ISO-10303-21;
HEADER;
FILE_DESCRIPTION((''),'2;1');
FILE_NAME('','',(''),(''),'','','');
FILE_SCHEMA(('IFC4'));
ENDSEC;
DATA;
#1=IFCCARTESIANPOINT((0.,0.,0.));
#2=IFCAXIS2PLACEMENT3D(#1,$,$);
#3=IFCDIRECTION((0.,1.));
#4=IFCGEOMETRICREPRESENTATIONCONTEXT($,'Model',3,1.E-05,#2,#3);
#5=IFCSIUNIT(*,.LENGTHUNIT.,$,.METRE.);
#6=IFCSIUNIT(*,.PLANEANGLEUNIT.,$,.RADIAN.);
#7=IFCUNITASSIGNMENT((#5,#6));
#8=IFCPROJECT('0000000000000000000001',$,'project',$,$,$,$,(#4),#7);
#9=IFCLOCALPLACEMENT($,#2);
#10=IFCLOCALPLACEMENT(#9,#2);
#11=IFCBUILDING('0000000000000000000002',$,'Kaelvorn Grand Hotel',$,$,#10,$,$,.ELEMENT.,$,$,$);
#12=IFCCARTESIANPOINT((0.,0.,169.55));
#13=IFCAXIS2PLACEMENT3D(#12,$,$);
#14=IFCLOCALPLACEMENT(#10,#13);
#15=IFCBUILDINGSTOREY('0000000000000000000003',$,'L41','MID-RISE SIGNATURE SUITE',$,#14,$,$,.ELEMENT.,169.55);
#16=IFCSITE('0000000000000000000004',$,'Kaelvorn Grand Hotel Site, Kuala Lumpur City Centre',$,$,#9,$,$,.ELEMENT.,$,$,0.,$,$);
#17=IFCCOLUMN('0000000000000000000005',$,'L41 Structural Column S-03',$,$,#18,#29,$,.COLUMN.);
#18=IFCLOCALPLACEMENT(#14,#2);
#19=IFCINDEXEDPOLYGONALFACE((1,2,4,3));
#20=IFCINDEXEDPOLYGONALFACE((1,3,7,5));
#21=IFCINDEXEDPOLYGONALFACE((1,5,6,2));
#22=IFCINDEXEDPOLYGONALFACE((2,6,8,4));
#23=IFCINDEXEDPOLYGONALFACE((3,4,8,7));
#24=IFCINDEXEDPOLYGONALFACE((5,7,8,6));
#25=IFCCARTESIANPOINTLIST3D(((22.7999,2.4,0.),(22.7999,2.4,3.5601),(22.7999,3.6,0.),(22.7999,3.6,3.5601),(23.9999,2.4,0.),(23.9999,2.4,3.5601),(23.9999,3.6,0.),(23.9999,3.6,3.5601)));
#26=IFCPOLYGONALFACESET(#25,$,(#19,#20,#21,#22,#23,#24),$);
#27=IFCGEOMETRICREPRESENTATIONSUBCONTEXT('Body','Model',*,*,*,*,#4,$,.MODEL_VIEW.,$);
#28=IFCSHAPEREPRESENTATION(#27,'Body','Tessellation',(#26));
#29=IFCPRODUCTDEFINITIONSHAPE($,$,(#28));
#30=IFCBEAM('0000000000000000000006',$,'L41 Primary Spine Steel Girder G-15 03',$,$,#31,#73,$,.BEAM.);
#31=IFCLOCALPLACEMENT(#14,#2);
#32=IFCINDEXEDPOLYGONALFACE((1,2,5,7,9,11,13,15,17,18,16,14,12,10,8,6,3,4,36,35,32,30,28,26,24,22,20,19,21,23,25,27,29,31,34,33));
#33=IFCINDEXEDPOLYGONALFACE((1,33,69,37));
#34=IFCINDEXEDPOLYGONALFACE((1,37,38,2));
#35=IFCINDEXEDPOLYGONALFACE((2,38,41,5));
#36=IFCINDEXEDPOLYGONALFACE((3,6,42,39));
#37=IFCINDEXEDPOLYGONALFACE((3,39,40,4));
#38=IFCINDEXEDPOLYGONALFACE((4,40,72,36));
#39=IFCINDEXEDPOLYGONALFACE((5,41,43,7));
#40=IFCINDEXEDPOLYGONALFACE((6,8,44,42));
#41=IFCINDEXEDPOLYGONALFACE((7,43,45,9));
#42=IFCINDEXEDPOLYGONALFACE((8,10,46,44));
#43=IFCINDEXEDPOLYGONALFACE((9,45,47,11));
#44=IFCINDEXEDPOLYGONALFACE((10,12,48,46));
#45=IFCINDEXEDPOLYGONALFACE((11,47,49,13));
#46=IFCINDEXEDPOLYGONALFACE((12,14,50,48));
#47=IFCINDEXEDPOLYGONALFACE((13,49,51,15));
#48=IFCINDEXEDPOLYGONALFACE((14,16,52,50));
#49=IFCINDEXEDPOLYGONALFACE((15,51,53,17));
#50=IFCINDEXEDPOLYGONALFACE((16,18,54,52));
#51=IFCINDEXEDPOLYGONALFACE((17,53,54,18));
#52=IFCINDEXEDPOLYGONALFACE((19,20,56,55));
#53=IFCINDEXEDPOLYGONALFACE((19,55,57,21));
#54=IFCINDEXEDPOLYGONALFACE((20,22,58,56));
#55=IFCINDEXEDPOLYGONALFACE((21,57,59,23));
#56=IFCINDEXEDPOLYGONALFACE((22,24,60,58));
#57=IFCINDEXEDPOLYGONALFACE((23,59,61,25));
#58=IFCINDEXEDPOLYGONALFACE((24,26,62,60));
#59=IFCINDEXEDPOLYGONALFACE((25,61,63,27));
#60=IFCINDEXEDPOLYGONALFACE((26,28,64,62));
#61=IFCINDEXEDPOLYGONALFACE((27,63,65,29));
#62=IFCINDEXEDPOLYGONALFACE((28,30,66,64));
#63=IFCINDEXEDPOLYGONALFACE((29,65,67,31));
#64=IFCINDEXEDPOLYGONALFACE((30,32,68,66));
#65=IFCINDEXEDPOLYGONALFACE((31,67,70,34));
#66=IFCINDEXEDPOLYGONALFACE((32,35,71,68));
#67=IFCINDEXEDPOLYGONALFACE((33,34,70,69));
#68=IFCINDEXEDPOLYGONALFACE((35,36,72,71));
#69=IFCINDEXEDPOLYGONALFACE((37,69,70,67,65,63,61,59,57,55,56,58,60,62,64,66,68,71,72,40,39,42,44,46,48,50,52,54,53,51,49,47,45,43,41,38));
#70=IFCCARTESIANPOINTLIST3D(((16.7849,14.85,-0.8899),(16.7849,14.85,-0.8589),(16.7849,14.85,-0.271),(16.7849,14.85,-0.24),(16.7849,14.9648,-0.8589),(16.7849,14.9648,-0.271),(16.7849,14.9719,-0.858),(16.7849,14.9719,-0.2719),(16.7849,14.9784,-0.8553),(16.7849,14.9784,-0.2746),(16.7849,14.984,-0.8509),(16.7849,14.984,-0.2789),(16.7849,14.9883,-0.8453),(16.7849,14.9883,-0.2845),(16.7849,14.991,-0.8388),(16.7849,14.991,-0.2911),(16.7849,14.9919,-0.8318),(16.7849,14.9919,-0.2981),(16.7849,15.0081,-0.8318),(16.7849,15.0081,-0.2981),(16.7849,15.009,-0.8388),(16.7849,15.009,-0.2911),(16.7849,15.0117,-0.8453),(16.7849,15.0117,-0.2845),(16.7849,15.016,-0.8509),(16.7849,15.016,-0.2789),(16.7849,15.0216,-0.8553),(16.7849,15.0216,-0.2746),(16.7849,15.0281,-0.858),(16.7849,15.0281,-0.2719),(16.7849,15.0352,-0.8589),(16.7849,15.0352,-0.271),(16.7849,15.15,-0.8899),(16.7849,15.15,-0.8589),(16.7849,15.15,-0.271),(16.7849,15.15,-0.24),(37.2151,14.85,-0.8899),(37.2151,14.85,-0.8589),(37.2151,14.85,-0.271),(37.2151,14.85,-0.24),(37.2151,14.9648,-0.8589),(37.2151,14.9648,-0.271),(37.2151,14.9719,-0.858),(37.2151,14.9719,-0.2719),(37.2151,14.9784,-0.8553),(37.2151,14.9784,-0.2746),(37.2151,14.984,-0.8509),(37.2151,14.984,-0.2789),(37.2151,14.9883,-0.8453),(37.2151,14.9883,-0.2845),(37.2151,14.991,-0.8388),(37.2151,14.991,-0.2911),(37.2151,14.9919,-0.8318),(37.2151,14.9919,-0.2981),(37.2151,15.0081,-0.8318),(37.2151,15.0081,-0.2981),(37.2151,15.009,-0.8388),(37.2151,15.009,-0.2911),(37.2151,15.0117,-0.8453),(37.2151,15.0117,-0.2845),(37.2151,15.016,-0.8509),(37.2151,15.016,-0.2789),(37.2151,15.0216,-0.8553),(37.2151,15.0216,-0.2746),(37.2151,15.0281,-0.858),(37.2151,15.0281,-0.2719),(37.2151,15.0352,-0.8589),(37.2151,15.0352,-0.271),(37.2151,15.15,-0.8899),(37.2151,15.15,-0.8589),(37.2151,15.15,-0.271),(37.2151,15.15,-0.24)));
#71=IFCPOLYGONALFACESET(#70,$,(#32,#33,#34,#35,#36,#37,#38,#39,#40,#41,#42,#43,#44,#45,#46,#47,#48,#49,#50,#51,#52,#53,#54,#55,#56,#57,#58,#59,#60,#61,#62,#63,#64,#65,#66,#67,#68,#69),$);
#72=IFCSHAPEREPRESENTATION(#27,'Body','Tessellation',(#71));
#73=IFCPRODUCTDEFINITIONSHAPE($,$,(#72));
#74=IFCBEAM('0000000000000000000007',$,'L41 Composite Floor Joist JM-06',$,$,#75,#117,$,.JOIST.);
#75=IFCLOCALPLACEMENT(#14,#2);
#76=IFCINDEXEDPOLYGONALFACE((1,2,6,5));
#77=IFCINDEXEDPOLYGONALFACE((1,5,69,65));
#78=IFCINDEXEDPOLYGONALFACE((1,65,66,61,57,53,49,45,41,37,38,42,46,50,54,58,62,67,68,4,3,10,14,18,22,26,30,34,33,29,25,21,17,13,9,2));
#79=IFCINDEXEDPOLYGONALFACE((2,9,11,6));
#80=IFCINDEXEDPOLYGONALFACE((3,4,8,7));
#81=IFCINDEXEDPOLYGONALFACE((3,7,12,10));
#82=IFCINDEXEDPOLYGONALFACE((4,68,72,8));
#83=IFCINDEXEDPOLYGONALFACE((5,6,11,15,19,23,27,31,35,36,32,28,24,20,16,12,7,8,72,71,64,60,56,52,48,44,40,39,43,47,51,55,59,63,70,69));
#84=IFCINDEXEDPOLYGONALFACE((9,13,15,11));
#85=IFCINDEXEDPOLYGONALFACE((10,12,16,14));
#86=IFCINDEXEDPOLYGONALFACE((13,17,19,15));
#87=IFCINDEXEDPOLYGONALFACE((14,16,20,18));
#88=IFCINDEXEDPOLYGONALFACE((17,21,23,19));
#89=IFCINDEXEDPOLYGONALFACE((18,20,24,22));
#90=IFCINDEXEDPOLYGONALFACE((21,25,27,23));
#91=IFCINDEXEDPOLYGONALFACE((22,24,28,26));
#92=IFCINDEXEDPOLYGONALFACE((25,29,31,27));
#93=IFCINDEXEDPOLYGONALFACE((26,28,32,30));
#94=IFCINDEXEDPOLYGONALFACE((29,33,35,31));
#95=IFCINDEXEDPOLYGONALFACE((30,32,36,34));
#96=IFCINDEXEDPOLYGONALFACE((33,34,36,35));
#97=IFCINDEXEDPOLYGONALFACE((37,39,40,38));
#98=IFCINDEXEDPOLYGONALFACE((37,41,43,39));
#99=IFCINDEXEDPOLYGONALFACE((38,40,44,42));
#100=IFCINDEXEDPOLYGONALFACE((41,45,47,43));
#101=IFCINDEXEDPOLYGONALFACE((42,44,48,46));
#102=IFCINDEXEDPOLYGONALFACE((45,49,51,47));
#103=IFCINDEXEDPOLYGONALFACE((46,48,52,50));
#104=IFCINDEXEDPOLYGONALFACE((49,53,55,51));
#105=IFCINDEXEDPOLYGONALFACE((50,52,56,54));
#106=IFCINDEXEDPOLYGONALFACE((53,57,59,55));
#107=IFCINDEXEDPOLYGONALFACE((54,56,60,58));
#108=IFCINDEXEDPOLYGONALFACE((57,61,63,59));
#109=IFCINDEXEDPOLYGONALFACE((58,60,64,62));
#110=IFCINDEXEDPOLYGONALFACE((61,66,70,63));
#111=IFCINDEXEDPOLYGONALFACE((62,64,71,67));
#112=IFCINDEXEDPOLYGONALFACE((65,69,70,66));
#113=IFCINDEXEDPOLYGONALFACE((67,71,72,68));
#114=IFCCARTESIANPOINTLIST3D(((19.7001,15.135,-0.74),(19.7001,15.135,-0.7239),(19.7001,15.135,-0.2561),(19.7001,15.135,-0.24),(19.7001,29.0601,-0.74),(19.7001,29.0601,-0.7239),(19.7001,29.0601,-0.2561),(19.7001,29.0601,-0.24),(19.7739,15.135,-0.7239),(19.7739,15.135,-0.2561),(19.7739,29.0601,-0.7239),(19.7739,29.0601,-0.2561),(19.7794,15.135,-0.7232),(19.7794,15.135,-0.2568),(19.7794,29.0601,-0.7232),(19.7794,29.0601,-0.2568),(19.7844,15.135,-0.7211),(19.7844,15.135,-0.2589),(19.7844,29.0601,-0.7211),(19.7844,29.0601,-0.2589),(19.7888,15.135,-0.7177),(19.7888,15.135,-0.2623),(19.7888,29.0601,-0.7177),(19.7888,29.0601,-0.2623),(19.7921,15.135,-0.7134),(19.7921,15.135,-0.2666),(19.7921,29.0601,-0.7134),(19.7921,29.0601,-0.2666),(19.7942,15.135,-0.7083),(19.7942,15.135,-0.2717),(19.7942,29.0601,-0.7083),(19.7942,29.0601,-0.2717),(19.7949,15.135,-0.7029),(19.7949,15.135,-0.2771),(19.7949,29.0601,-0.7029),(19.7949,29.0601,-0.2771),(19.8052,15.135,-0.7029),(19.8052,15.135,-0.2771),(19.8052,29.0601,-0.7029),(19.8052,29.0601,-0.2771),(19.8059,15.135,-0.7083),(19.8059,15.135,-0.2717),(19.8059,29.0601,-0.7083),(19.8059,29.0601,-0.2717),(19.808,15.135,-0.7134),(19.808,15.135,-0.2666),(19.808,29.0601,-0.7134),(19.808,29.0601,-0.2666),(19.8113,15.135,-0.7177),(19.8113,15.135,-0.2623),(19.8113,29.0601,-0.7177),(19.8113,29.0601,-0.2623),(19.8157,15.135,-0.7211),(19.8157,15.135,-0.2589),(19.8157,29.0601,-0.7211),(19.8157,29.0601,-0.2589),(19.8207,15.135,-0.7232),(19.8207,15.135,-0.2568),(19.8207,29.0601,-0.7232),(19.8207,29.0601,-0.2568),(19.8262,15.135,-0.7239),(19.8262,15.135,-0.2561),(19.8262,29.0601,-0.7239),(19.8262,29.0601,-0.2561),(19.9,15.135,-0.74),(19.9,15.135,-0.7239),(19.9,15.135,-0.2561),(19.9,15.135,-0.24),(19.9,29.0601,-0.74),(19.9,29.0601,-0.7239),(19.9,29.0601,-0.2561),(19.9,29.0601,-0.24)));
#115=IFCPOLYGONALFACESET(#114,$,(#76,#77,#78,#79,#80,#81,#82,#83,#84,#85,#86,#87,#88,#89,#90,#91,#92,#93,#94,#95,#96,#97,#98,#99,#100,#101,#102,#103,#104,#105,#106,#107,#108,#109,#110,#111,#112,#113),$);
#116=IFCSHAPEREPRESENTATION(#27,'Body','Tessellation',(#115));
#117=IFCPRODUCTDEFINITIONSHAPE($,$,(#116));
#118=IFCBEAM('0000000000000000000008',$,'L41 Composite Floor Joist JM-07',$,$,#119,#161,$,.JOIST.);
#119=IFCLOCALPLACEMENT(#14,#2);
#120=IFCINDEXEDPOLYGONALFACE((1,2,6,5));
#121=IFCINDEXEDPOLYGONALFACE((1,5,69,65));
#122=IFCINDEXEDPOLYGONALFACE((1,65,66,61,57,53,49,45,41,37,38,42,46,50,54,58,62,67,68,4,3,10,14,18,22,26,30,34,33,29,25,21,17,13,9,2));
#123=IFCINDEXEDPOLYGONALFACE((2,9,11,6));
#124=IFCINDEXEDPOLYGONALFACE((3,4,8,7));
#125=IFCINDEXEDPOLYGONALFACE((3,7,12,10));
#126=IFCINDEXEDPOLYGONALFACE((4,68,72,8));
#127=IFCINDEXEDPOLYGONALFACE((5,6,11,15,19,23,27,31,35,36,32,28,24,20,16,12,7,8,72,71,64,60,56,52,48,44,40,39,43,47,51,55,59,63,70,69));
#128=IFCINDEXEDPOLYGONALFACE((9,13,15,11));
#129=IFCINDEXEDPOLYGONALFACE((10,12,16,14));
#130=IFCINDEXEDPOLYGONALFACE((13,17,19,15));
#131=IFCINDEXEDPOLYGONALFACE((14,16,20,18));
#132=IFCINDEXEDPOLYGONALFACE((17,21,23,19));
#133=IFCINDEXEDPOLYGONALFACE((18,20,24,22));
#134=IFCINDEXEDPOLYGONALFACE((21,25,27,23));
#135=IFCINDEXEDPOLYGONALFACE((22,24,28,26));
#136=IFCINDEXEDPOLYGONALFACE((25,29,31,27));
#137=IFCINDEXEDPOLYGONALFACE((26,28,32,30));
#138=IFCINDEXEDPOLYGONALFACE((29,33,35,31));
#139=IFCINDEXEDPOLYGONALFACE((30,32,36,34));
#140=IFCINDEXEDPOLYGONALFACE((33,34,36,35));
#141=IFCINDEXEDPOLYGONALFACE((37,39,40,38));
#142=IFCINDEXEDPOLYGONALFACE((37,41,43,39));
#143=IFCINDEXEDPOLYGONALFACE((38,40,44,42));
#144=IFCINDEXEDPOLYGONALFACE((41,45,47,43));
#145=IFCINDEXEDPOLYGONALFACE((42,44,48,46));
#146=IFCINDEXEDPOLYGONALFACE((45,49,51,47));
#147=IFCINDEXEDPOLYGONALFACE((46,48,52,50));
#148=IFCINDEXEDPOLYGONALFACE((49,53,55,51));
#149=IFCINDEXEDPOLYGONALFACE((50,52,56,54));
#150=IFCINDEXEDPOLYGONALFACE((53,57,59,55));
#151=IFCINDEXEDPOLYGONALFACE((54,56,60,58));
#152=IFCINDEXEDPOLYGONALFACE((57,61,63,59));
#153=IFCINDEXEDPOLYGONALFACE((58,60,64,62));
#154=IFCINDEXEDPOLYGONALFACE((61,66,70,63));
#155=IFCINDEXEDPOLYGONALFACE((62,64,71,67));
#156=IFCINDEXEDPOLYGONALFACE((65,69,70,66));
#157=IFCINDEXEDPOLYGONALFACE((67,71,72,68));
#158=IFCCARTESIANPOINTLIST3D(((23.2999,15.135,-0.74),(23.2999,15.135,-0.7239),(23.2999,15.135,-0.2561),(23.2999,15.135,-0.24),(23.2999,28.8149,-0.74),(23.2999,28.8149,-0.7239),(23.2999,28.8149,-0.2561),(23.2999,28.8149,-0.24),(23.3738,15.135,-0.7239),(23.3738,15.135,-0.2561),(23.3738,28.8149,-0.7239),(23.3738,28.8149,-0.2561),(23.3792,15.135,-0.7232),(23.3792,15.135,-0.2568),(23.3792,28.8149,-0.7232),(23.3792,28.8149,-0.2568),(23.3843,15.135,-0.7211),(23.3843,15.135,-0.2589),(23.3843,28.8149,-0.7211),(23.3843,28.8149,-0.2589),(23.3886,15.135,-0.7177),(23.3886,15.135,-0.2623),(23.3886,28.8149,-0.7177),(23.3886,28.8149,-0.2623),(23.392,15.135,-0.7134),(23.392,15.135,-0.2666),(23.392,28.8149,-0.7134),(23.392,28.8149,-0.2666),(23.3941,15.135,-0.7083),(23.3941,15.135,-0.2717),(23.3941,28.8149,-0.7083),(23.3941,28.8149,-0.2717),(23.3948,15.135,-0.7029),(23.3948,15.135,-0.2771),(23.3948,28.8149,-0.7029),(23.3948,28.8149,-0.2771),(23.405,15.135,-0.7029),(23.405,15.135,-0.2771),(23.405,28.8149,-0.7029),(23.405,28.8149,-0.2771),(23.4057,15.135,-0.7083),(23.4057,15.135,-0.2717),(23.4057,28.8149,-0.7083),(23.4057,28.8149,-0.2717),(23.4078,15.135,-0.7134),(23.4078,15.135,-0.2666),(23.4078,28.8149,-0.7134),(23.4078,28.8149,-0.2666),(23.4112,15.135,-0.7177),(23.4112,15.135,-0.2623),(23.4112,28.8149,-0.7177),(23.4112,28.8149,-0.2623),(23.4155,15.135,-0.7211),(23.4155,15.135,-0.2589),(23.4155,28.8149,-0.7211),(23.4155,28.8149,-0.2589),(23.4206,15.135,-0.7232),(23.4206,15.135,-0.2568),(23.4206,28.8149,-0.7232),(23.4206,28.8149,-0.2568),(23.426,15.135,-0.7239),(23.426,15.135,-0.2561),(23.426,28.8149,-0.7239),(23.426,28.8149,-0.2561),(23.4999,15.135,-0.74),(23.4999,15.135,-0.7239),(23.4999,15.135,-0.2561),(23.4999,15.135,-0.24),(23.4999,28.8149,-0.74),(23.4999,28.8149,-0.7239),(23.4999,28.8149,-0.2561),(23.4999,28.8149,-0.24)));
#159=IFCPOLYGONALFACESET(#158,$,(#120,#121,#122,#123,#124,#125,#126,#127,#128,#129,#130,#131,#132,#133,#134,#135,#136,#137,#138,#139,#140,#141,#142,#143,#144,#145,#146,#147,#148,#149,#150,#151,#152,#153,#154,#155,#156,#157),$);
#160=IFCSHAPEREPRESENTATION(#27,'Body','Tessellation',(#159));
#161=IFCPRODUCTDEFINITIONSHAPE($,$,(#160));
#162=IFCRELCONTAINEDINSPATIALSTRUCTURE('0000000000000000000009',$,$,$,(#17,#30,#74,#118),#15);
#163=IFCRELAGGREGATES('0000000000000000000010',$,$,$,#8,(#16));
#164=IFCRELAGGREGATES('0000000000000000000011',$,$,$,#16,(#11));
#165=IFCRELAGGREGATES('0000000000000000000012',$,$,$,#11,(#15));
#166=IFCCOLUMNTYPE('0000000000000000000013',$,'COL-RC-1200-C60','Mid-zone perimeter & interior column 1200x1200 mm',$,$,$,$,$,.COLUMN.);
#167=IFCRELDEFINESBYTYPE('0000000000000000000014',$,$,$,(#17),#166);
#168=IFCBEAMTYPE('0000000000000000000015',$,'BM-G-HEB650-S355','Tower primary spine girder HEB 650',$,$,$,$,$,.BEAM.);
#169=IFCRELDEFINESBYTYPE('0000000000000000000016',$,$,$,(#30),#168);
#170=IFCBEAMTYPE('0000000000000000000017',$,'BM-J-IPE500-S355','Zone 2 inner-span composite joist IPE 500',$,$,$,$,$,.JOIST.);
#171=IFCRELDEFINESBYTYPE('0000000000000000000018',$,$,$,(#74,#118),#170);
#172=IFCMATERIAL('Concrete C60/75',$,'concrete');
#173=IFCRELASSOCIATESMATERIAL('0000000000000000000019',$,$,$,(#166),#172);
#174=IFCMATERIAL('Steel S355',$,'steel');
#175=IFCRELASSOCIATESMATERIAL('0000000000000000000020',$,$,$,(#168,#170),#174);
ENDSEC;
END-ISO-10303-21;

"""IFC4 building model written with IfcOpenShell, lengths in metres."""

from ifc_helpers import new_model, si_unit, direction, frame, origin, origin_2d, place, context, subcontext, project, spatial, rectangle, i_section, extrude, material, material_profile, profile_set, type_object, element, save


model = new_model("IFC4")

# Units and contexts
model_context = context("Model", 3, precision=1e-05, world=origin(), true_north=direction((0.0, 1.0)))
body_context = subcontext(model_context, "Body", "Model", "MODEL_VIEW")
ifc_project = project(units=[si_unit("LENGTHUNIT", "METRE"), si_unit("PLANEANGLEUNIT", "RADIAN")], contexts=[model_context])

# Site, building, storey
site_placement = place(None, origin())
site = spatial("IfcSite", under=ifc_project, at=site_placement, Name="Kaelvorn Grand Hotel Site, Kuala Lumpur City Centre", CompositionType="ELEMENT", RefElevation=0.0)
building_placement = place(site_placement, origin())
building = spatial("IfcBuilding", under=site, at=building_placement, Name="Kaelvorn Grand Hotel", CompositionType="ELEMENT")
storey_placement = place(building_placement, frame((0.0, 0.0, 169.55)))
storey = spatial("IfcBuildingStorey", under=building, at=storey_placement, Name="L41", Description="MID-RISE SIGNATURE SUITE", CompositionType="ELEMENT", Elevation=169.55)

# Column
ifc_material_1 = material(Name="Concrete C60/75", Category="concrete")
ifc_material_profile_1 = material_profile(ifc_material_1, rectangle(XDim=1.2, YDim=1.2, at=origin_2d()), Name="RC COL 1200x1200")
ifc_profile_set_1 = profile_set([ifc_material_profile_1], Name="Concrete C60/75")
column_type = type_object("IfcColumnType", Name="COL-RC-1200-C60", Description="Mid-zone perimeter & interior column 1200x1200 mm", PredefinedType="COLUMN", material=ifc_profile_set_1)
column_placement = place(storey_placement, frame((23.3999, 3.0, 0.0), z_axis=(0.0, 0.0, 1.0), x_axis=(1.0, 0.0, 0.0)))
element("IfcColumn", 1, at=column_placement, inside=storey, type_object=column_type, Name="L41 Structural Column S-03", PredefinedType="COLUMN", context=body_context, shape_type="SweptSolid", body=[
    extrude(rectangle(XDim=1.2, YDim=1.2, at=origin_2d()), origin(), (0.0, 0.0, 1.0), 3.5601),
])

# Beams
ifc_material_2 = material(Name="Steel S355", Category="steel")
ifc_material_profile_2 = material_profile(ifc_material_2, i_section(OverallWidth=0.3, OverallDepth=0.6499, WebThickness=0.0161, FlangeThickness=0.031, FilletRadius=0.0271, at=origin_2d()), Name="HEB 650")
ifc_profile_set_2 = profile_set([ifc_material_profile_2], Name="Steel S355")
beam_type_1 = type_object("IfcBeamType", Name="BM-G-HEB650-S355", Description="Tower primary spine girder HEB 650", PredefinedType="BEAM", material=ifc_profile_set_2)
beam_1_placement = place(storey_placement, frame((16.7849, 15.0, -0.5649), z_axis=(1.0, 0.0, 0.0), x_axis=(0.0, 1.0, 0.0)))
element("IfcBeam", 2, at=beam_1_placement, inside=storey, type_object=beam_type_1, Name="L41 Primary Spine Steel Girder G-15 03", PredefinedType="BEAM", context=body_context, shape_type="SweptSolid", body=[
    extrude(i_section(OverallWidth=0.3, OverallDepth=0.6499, WebThickness=0.0161, FlangeThickness=0.031, FilletRadius=0.0271, at=origin_2d()), origin(), (0.0, 0.0, 1.0), 20.4302),
])
ifc_material_profile_3 = material_profile(ifc_material_2, i_section(OverallWidth=0.2, OverallDepth=0.5, WebThickness=0.0103, FlangeThickness=0.0161, FilletRadius=0.021, at=origin_2d()), Name="IPE 500")
ifc_profile_set_3 = profile_set([ifc_material_profile_3], Name="Steel S355")
beam_type_2 = type_object("IfcBeamType", Name="BM-J-IPE500-S355", Description="Zone 2 inner-span composite joist IPE 500", PredefinedType="JOIST", material=ifc_profile_set_3)
beam_2_placement = place(storey_placement, frame((19.8, 15.135, -0.49), z_axis=(0.0, 1.0, 0.0), x_axis=(-1.0, 0.0, 0.0)))
element("IfcBeam", 3, at=beam_2_placement, inside=storey, type_object=beam_type_2, Name="L41 Composite Floor Joist JM-06", PredefinedType="JOIST", context=body_context, shape_type="SweptSolid", body=[
    extrude(i_section(OverallWidth=0.2, OverallDepth=0.5, WebThickness=0.0103, FlangeThickness=0.0161, FilletRadius=0.021, at=origin_2d()), origin(), (0.0, 0.0, 1.0), 13.925),
])
beam_3_placement = place(storey_placement, frame((23.3999, 15.135, -0.49), z_axis=(0.0, 1.0, 0.0), x_axis=(-1.0, 0.0, 0.0)))
element("IfcBeam", 4, at=beam_3_placement, inside=storey, type_object=beam_type_2, Name="L41 Composite Floor Joist JM-07", PredefinedType="JOIST", context=body_context, shape_type="SweptSolid", body=[
    extrude(i_section(OverallWidth=0.2, OverallDepth=0.5, WebThickness=0.0103, FlangeThickness=0.0161, FilletRadius=0.021, at=origin_2d()), origin(), (0.0, 0.0, 1.0), 13.6799),
])

save(model, "model.ifc")
